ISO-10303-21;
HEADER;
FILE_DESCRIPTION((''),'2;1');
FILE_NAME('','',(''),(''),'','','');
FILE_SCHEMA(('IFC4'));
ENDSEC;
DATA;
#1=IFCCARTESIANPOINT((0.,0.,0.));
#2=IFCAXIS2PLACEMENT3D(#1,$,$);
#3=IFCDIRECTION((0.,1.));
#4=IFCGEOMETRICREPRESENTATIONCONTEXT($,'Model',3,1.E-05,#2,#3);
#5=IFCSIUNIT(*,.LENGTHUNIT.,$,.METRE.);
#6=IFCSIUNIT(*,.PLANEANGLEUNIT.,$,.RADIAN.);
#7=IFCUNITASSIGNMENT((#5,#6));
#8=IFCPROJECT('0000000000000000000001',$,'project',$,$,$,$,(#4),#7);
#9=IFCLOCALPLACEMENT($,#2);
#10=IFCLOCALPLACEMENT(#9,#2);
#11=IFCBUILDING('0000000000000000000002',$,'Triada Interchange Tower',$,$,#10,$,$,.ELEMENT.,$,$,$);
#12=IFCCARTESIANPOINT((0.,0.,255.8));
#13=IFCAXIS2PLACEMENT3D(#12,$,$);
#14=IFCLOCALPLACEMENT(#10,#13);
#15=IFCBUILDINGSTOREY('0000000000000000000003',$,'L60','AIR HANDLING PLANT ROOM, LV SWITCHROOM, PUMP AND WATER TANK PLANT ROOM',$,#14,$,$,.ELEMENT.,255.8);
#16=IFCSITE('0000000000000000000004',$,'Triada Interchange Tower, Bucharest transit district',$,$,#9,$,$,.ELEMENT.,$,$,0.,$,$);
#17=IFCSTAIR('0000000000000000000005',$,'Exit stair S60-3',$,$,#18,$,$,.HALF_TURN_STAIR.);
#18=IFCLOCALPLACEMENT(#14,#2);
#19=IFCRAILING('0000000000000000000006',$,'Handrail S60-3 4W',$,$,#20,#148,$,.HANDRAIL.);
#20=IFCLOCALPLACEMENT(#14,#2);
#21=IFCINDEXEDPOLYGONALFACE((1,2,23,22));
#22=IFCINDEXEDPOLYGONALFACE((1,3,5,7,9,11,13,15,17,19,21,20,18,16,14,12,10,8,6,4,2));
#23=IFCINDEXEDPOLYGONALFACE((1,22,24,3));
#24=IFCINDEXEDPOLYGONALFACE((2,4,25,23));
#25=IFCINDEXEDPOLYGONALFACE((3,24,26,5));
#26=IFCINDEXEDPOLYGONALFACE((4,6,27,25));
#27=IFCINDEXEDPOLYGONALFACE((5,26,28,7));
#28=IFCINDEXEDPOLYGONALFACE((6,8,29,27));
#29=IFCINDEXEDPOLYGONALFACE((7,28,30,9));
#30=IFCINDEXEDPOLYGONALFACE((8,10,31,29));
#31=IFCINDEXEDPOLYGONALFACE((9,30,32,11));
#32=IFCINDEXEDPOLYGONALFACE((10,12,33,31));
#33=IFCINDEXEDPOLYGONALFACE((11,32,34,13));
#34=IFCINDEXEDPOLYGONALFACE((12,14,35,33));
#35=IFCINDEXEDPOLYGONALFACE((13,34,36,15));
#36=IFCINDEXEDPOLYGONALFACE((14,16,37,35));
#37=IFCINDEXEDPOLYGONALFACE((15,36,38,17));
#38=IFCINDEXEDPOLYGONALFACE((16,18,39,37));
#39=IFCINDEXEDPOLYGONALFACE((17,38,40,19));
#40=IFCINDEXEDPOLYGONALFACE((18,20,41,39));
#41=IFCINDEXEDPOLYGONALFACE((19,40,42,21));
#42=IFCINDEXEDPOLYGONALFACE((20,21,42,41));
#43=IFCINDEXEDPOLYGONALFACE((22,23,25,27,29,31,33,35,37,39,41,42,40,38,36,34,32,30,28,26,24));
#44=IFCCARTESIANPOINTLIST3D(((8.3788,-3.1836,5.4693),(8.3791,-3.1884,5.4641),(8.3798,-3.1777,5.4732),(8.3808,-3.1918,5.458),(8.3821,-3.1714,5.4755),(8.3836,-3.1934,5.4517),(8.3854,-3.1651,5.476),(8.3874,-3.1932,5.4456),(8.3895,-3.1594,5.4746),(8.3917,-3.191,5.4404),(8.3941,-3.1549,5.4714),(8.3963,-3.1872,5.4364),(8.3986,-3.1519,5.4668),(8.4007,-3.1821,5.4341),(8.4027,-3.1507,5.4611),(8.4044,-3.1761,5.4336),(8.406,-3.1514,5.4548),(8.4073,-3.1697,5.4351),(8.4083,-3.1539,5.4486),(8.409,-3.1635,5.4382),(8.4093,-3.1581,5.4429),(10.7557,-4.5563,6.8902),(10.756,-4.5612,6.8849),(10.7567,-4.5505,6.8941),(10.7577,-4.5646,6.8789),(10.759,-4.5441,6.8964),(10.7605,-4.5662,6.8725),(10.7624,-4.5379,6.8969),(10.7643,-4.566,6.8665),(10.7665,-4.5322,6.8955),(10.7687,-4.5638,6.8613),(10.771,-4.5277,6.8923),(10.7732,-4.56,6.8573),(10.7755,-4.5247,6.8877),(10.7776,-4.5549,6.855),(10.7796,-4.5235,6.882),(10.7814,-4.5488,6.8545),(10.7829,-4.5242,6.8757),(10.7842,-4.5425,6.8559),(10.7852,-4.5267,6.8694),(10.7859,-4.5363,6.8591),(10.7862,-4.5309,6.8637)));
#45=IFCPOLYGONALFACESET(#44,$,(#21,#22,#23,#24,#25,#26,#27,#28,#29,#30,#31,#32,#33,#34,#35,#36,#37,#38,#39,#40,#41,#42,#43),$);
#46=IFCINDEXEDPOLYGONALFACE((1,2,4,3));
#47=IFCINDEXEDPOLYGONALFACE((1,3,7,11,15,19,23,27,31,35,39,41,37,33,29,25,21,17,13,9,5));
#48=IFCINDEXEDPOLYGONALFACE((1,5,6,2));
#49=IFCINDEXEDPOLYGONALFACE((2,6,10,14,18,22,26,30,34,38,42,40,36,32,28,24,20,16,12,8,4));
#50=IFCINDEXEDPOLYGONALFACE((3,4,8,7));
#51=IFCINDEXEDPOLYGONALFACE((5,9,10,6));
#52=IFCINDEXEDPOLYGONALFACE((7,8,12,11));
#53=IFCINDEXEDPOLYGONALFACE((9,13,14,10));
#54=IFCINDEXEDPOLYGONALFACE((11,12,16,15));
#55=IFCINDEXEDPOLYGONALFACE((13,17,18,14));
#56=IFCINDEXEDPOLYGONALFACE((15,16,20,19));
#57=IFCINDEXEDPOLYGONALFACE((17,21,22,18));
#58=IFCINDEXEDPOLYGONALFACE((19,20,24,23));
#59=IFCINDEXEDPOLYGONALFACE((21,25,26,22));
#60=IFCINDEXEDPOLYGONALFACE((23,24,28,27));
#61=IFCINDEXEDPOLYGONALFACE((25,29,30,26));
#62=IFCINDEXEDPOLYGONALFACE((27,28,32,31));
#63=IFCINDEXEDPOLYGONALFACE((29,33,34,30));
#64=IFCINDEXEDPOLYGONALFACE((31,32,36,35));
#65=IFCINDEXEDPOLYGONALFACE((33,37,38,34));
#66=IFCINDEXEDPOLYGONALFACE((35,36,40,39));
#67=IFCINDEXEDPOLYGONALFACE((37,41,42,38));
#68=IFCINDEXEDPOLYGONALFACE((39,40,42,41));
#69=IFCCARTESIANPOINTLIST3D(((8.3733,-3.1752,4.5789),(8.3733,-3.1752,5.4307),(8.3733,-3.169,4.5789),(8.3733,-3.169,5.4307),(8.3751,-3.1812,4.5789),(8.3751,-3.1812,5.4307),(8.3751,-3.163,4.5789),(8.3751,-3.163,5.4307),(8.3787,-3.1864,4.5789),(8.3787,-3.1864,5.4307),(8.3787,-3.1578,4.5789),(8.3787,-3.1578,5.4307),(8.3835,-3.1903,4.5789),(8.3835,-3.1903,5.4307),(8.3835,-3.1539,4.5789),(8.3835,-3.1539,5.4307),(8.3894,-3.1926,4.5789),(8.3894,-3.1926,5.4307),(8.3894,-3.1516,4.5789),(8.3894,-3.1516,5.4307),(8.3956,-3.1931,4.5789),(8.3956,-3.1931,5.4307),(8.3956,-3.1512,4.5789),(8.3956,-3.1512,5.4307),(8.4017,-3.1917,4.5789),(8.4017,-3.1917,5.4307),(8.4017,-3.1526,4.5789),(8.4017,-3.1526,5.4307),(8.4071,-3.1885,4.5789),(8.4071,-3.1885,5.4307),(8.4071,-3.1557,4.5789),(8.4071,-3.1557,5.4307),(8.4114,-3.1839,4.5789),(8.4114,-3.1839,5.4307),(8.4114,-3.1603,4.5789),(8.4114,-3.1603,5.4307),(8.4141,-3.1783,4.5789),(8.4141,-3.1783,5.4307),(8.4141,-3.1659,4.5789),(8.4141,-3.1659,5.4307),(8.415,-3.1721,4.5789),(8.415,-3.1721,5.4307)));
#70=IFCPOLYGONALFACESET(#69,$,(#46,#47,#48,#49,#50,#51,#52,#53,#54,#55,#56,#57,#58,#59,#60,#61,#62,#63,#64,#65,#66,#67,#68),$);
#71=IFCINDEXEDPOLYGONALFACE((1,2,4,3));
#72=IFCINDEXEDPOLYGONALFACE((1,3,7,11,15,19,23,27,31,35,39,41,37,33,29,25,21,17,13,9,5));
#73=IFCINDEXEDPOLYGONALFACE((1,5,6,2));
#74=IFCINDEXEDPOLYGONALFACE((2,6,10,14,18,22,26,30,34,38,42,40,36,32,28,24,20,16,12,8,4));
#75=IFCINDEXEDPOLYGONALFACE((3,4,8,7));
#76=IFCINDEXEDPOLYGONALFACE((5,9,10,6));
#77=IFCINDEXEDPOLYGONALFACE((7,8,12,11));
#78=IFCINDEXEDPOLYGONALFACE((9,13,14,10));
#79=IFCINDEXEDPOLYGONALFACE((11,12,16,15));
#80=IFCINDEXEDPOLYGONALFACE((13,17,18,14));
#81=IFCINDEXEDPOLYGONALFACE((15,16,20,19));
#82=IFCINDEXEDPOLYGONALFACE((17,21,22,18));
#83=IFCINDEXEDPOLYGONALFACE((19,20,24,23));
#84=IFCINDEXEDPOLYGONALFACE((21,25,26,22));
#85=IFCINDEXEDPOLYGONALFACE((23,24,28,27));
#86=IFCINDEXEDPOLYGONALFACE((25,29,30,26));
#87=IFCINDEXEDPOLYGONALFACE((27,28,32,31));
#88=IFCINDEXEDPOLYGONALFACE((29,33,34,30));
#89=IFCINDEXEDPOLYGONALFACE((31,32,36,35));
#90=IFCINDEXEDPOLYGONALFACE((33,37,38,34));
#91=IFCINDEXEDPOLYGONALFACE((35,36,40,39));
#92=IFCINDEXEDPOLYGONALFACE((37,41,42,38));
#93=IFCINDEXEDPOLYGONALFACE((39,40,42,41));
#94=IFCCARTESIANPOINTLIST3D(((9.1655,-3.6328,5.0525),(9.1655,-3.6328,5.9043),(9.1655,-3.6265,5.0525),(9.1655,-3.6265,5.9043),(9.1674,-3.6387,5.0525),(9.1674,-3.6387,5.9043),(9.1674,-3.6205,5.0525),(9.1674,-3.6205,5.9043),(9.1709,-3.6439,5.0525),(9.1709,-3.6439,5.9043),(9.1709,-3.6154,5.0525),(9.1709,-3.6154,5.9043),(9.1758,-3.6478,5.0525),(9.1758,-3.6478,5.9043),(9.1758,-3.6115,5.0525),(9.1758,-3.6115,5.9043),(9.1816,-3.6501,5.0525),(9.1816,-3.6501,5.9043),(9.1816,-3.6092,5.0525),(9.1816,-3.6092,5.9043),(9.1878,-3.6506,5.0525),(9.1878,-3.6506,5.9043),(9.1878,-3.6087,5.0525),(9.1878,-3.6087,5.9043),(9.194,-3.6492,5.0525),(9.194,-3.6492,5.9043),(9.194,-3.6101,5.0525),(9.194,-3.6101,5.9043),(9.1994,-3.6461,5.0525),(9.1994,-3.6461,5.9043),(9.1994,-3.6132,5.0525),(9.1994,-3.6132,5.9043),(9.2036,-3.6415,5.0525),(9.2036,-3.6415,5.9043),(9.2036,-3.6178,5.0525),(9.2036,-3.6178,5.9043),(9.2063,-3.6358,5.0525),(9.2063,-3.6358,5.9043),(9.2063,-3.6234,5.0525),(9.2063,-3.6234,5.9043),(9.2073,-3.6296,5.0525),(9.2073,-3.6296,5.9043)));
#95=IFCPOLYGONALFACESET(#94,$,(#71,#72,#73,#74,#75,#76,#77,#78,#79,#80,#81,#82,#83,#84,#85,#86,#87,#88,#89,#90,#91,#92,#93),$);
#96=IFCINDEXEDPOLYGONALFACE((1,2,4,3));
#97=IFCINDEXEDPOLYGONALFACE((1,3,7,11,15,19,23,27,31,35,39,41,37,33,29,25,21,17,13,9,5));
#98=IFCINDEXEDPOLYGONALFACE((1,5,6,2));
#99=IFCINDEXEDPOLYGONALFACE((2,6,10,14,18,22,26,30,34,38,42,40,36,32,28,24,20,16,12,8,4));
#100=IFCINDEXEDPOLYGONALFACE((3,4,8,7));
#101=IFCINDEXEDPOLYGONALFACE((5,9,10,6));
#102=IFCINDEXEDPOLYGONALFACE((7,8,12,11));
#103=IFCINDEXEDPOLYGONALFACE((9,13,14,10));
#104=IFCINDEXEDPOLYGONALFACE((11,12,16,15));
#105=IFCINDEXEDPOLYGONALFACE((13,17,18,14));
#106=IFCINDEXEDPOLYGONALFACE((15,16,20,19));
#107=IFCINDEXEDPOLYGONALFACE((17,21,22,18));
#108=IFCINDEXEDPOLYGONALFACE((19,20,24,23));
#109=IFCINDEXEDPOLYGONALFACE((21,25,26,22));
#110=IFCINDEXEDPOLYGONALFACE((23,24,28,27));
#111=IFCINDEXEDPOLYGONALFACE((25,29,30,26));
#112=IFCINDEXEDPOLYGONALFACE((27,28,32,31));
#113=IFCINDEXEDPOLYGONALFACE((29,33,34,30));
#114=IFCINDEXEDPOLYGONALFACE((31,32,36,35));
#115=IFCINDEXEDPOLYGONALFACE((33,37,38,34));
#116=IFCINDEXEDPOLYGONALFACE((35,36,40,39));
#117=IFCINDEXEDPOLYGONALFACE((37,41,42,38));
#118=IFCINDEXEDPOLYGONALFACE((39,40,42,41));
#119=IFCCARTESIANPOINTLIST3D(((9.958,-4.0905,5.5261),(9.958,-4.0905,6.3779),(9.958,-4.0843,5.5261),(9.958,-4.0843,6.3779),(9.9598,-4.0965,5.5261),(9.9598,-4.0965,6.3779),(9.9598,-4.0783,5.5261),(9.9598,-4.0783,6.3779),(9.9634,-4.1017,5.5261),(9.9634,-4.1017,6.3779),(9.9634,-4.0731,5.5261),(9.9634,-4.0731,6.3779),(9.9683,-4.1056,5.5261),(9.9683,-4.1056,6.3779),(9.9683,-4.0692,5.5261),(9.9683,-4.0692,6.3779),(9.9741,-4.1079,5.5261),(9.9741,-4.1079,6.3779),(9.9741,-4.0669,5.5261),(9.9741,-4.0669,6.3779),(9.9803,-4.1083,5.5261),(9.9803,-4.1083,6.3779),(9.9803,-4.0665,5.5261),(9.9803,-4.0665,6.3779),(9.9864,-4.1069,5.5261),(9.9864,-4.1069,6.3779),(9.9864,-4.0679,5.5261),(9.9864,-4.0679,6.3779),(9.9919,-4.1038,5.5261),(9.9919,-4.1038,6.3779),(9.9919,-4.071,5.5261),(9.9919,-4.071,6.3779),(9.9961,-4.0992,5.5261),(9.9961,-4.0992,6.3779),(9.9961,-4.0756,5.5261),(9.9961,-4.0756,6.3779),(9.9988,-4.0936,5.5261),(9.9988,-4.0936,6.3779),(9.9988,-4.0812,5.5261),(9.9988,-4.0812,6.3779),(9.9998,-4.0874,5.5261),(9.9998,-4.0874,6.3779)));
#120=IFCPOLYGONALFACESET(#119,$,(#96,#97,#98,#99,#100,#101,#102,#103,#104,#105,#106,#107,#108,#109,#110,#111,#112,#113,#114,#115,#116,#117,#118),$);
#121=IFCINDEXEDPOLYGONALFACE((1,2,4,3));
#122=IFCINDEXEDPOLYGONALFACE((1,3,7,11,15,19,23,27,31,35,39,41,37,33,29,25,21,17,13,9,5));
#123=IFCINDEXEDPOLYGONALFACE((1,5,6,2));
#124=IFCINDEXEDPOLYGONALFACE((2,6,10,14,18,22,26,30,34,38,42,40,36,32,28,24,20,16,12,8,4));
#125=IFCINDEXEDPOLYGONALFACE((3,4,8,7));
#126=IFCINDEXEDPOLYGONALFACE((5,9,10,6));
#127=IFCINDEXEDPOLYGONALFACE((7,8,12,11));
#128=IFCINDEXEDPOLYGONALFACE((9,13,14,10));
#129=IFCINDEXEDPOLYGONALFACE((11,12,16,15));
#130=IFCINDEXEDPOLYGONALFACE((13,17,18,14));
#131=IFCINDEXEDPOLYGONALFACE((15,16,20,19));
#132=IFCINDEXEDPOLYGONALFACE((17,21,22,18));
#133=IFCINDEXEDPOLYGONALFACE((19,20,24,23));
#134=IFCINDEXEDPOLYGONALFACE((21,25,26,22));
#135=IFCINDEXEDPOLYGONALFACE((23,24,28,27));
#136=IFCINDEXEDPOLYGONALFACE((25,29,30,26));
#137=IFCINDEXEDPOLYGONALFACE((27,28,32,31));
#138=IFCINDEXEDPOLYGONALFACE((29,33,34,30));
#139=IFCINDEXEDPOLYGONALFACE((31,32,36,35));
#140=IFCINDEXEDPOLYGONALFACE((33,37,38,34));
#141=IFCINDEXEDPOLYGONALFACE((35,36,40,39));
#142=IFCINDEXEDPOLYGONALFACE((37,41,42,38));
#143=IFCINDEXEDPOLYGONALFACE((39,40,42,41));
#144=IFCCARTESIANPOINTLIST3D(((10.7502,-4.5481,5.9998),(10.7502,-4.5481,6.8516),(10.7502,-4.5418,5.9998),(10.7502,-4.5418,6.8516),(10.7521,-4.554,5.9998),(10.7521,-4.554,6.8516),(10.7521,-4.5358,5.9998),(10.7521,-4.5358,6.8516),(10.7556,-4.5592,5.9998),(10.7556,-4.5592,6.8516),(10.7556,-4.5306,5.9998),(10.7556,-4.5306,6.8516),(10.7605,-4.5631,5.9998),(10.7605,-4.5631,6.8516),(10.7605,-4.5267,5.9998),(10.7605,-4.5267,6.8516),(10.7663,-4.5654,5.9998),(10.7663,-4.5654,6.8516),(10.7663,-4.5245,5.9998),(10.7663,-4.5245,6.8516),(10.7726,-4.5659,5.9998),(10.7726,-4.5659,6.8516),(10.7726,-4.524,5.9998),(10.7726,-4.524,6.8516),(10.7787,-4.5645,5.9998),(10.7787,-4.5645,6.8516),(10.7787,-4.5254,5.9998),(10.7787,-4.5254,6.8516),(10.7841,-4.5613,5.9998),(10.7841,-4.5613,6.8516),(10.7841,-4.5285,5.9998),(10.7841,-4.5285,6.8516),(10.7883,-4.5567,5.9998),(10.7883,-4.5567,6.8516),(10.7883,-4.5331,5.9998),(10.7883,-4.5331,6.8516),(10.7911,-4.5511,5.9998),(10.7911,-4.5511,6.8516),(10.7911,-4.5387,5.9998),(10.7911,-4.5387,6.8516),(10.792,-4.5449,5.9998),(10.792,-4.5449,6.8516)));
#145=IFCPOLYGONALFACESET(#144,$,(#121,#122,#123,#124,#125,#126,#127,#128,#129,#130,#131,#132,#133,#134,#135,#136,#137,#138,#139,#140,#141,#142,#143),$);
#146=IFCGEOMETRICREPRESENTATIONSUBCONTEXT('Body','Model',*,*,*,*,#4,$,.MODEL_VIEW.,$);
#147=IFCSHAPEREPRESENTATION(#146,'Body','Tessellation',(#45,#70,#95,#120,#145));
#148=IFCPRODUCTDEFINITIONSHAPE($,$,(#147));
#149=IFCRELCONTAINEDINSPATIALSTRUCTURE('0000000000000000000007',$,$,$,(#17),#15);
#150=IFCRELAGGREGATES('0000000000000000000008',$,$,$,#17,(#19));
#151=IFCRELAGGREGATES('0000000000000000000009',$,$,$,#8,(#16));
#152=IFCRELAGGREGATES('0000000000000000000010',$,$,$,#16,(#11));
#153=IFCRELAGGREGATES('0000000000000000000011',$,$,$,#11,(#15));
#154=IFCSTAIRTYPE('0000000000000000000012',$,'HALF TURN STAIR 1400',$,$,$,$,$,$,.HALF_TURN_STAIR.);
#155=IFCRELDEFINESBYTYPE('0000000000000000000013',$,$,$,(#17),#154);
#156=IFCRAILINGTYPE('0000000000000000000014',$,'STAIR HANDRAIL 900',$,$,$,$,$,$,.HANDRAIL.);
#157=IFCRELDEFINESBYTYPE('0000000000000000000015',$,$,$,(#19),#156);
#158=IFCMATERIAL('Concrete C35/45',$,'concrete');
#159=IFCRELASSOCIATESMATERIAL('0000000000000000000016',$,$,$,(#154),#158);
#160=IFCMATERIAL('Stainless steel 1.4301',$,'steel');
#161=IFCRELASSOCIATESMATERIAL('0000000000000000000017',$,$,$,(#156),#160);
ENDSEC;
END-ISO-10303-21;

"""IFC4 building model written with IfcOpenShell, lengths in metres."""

from ifc_helpers import new_model, si_unit, direction, frame, origin, origin_2d, place, context, subcontext, project, spatial, circle, extrude, material, type_object, element, aggregate, save


model = new_model("IFC4")

# Units and contexts
model_context = context("Model", 3, precision=1e-05, world=origin(), true_north=direction((0.0, 1.0)))
body_context = subcontext(model_context, "Body", "Model", "MODEL_VIEW")
ifc_project = project(units=[si_unit("LENGTHUNIT", "METRE"), si_unit("PLANEANGLEUNIT", "RADIAN")], contexts=[model_context])

# Site, building, storey
site_placement = place(None, origin())
site = spatial("IfcSite", under=ifc_project, at=site_placement, Name="Triada Interchange Tower, Bucharest transit district", CompositionType="ELEMENT", RefElevation=0.0)
building_placement = place(site_placement, origin())
building = spatial("IfcBuilding", under=site, at=building_placement, Name="Triada Interchange Tower", CompositionType="ELEMENT")
storey_placement = place(building_placement, frame((0.0, 0.0, 255.8)))
storey = spatial("IfcBuildingStorey", under=building, at=storey_placement, Name="L60", Description="AIR HANDLING PLANT ROOM, LV SWITCHROOM, PUMP AND WATER TANK PLANT ROOM", CompositionType="ELEMENT", Elevation=255.8)

# Stair, railing
ifc_material_1 = material(Name="Concrete C35/45", Category="concrete")
stair_type = type_object("IfcStairType", Name="HALF TURN STAIR 1400", PredefinedType="HALF_TURN_STAIR", material=ifc_material_1)
stair_placement = place(storey_placement, origin())
stair = element("IfcStair", 1, at=stair_placement, inside=storey, type_object=stair_type, Name="Exit stair S60-3", PredefinedType="HALF_TURN_STAIR")
ifc_material_2 = material(Name="Stainless steel 1.4301", Category="steel")
railing_type = type_object("IfcRailingType", Name="STAIR HANDRAIL 900", PredefinedType="HANDRAIL", material=ifc_material_2)
railing_1_placement = place(storey_placement, frame((8.394, -3.1721, 4.5789)))
railing_1 = element("IfcRailing", 2, at=railing_1_placement, type_object=railing_type, Name="Handrail S60-3 4W", PredefinedType="HANDRAIL", context=body_context, shape_type="SweptSolid", body=[
    extrude(circle(Radius=0.0239, at=origin_2d()), frame((0.0, 0.0, 0.876), z_axis=(0.769025, -0.444148, 0.459709), x_axis=(0.500128, 0.865952, 0.0)), (0.0, 0.0, 1.0), 3.0908),
    extrude(circle(Radius=0.021, at=origin_2d()), origin(), (0.0, 0.0, 1.0), 0.8518),
    extrude(circle(Radius=0.021, at=origin_2d()), frame((0.7922, -0.4575, 0.4736)), (0.0, 0.0, 1.0), 0.8518),
    extrude(circle(Radius=0.021, at=origin_2d()), frame((1.5847, -0.9153, 0.9473)), (0.0, 0.0, 1.0), 0.8518),
    extrude(circle(Radius=0.021, at=origin_2d()), frame((2.377, -1.3728, 1.4209)), (0.0, 0.0, 1.0), 0.8518),
])
aggregate(stair, [railing_1])

save(model, "model.ifc")
